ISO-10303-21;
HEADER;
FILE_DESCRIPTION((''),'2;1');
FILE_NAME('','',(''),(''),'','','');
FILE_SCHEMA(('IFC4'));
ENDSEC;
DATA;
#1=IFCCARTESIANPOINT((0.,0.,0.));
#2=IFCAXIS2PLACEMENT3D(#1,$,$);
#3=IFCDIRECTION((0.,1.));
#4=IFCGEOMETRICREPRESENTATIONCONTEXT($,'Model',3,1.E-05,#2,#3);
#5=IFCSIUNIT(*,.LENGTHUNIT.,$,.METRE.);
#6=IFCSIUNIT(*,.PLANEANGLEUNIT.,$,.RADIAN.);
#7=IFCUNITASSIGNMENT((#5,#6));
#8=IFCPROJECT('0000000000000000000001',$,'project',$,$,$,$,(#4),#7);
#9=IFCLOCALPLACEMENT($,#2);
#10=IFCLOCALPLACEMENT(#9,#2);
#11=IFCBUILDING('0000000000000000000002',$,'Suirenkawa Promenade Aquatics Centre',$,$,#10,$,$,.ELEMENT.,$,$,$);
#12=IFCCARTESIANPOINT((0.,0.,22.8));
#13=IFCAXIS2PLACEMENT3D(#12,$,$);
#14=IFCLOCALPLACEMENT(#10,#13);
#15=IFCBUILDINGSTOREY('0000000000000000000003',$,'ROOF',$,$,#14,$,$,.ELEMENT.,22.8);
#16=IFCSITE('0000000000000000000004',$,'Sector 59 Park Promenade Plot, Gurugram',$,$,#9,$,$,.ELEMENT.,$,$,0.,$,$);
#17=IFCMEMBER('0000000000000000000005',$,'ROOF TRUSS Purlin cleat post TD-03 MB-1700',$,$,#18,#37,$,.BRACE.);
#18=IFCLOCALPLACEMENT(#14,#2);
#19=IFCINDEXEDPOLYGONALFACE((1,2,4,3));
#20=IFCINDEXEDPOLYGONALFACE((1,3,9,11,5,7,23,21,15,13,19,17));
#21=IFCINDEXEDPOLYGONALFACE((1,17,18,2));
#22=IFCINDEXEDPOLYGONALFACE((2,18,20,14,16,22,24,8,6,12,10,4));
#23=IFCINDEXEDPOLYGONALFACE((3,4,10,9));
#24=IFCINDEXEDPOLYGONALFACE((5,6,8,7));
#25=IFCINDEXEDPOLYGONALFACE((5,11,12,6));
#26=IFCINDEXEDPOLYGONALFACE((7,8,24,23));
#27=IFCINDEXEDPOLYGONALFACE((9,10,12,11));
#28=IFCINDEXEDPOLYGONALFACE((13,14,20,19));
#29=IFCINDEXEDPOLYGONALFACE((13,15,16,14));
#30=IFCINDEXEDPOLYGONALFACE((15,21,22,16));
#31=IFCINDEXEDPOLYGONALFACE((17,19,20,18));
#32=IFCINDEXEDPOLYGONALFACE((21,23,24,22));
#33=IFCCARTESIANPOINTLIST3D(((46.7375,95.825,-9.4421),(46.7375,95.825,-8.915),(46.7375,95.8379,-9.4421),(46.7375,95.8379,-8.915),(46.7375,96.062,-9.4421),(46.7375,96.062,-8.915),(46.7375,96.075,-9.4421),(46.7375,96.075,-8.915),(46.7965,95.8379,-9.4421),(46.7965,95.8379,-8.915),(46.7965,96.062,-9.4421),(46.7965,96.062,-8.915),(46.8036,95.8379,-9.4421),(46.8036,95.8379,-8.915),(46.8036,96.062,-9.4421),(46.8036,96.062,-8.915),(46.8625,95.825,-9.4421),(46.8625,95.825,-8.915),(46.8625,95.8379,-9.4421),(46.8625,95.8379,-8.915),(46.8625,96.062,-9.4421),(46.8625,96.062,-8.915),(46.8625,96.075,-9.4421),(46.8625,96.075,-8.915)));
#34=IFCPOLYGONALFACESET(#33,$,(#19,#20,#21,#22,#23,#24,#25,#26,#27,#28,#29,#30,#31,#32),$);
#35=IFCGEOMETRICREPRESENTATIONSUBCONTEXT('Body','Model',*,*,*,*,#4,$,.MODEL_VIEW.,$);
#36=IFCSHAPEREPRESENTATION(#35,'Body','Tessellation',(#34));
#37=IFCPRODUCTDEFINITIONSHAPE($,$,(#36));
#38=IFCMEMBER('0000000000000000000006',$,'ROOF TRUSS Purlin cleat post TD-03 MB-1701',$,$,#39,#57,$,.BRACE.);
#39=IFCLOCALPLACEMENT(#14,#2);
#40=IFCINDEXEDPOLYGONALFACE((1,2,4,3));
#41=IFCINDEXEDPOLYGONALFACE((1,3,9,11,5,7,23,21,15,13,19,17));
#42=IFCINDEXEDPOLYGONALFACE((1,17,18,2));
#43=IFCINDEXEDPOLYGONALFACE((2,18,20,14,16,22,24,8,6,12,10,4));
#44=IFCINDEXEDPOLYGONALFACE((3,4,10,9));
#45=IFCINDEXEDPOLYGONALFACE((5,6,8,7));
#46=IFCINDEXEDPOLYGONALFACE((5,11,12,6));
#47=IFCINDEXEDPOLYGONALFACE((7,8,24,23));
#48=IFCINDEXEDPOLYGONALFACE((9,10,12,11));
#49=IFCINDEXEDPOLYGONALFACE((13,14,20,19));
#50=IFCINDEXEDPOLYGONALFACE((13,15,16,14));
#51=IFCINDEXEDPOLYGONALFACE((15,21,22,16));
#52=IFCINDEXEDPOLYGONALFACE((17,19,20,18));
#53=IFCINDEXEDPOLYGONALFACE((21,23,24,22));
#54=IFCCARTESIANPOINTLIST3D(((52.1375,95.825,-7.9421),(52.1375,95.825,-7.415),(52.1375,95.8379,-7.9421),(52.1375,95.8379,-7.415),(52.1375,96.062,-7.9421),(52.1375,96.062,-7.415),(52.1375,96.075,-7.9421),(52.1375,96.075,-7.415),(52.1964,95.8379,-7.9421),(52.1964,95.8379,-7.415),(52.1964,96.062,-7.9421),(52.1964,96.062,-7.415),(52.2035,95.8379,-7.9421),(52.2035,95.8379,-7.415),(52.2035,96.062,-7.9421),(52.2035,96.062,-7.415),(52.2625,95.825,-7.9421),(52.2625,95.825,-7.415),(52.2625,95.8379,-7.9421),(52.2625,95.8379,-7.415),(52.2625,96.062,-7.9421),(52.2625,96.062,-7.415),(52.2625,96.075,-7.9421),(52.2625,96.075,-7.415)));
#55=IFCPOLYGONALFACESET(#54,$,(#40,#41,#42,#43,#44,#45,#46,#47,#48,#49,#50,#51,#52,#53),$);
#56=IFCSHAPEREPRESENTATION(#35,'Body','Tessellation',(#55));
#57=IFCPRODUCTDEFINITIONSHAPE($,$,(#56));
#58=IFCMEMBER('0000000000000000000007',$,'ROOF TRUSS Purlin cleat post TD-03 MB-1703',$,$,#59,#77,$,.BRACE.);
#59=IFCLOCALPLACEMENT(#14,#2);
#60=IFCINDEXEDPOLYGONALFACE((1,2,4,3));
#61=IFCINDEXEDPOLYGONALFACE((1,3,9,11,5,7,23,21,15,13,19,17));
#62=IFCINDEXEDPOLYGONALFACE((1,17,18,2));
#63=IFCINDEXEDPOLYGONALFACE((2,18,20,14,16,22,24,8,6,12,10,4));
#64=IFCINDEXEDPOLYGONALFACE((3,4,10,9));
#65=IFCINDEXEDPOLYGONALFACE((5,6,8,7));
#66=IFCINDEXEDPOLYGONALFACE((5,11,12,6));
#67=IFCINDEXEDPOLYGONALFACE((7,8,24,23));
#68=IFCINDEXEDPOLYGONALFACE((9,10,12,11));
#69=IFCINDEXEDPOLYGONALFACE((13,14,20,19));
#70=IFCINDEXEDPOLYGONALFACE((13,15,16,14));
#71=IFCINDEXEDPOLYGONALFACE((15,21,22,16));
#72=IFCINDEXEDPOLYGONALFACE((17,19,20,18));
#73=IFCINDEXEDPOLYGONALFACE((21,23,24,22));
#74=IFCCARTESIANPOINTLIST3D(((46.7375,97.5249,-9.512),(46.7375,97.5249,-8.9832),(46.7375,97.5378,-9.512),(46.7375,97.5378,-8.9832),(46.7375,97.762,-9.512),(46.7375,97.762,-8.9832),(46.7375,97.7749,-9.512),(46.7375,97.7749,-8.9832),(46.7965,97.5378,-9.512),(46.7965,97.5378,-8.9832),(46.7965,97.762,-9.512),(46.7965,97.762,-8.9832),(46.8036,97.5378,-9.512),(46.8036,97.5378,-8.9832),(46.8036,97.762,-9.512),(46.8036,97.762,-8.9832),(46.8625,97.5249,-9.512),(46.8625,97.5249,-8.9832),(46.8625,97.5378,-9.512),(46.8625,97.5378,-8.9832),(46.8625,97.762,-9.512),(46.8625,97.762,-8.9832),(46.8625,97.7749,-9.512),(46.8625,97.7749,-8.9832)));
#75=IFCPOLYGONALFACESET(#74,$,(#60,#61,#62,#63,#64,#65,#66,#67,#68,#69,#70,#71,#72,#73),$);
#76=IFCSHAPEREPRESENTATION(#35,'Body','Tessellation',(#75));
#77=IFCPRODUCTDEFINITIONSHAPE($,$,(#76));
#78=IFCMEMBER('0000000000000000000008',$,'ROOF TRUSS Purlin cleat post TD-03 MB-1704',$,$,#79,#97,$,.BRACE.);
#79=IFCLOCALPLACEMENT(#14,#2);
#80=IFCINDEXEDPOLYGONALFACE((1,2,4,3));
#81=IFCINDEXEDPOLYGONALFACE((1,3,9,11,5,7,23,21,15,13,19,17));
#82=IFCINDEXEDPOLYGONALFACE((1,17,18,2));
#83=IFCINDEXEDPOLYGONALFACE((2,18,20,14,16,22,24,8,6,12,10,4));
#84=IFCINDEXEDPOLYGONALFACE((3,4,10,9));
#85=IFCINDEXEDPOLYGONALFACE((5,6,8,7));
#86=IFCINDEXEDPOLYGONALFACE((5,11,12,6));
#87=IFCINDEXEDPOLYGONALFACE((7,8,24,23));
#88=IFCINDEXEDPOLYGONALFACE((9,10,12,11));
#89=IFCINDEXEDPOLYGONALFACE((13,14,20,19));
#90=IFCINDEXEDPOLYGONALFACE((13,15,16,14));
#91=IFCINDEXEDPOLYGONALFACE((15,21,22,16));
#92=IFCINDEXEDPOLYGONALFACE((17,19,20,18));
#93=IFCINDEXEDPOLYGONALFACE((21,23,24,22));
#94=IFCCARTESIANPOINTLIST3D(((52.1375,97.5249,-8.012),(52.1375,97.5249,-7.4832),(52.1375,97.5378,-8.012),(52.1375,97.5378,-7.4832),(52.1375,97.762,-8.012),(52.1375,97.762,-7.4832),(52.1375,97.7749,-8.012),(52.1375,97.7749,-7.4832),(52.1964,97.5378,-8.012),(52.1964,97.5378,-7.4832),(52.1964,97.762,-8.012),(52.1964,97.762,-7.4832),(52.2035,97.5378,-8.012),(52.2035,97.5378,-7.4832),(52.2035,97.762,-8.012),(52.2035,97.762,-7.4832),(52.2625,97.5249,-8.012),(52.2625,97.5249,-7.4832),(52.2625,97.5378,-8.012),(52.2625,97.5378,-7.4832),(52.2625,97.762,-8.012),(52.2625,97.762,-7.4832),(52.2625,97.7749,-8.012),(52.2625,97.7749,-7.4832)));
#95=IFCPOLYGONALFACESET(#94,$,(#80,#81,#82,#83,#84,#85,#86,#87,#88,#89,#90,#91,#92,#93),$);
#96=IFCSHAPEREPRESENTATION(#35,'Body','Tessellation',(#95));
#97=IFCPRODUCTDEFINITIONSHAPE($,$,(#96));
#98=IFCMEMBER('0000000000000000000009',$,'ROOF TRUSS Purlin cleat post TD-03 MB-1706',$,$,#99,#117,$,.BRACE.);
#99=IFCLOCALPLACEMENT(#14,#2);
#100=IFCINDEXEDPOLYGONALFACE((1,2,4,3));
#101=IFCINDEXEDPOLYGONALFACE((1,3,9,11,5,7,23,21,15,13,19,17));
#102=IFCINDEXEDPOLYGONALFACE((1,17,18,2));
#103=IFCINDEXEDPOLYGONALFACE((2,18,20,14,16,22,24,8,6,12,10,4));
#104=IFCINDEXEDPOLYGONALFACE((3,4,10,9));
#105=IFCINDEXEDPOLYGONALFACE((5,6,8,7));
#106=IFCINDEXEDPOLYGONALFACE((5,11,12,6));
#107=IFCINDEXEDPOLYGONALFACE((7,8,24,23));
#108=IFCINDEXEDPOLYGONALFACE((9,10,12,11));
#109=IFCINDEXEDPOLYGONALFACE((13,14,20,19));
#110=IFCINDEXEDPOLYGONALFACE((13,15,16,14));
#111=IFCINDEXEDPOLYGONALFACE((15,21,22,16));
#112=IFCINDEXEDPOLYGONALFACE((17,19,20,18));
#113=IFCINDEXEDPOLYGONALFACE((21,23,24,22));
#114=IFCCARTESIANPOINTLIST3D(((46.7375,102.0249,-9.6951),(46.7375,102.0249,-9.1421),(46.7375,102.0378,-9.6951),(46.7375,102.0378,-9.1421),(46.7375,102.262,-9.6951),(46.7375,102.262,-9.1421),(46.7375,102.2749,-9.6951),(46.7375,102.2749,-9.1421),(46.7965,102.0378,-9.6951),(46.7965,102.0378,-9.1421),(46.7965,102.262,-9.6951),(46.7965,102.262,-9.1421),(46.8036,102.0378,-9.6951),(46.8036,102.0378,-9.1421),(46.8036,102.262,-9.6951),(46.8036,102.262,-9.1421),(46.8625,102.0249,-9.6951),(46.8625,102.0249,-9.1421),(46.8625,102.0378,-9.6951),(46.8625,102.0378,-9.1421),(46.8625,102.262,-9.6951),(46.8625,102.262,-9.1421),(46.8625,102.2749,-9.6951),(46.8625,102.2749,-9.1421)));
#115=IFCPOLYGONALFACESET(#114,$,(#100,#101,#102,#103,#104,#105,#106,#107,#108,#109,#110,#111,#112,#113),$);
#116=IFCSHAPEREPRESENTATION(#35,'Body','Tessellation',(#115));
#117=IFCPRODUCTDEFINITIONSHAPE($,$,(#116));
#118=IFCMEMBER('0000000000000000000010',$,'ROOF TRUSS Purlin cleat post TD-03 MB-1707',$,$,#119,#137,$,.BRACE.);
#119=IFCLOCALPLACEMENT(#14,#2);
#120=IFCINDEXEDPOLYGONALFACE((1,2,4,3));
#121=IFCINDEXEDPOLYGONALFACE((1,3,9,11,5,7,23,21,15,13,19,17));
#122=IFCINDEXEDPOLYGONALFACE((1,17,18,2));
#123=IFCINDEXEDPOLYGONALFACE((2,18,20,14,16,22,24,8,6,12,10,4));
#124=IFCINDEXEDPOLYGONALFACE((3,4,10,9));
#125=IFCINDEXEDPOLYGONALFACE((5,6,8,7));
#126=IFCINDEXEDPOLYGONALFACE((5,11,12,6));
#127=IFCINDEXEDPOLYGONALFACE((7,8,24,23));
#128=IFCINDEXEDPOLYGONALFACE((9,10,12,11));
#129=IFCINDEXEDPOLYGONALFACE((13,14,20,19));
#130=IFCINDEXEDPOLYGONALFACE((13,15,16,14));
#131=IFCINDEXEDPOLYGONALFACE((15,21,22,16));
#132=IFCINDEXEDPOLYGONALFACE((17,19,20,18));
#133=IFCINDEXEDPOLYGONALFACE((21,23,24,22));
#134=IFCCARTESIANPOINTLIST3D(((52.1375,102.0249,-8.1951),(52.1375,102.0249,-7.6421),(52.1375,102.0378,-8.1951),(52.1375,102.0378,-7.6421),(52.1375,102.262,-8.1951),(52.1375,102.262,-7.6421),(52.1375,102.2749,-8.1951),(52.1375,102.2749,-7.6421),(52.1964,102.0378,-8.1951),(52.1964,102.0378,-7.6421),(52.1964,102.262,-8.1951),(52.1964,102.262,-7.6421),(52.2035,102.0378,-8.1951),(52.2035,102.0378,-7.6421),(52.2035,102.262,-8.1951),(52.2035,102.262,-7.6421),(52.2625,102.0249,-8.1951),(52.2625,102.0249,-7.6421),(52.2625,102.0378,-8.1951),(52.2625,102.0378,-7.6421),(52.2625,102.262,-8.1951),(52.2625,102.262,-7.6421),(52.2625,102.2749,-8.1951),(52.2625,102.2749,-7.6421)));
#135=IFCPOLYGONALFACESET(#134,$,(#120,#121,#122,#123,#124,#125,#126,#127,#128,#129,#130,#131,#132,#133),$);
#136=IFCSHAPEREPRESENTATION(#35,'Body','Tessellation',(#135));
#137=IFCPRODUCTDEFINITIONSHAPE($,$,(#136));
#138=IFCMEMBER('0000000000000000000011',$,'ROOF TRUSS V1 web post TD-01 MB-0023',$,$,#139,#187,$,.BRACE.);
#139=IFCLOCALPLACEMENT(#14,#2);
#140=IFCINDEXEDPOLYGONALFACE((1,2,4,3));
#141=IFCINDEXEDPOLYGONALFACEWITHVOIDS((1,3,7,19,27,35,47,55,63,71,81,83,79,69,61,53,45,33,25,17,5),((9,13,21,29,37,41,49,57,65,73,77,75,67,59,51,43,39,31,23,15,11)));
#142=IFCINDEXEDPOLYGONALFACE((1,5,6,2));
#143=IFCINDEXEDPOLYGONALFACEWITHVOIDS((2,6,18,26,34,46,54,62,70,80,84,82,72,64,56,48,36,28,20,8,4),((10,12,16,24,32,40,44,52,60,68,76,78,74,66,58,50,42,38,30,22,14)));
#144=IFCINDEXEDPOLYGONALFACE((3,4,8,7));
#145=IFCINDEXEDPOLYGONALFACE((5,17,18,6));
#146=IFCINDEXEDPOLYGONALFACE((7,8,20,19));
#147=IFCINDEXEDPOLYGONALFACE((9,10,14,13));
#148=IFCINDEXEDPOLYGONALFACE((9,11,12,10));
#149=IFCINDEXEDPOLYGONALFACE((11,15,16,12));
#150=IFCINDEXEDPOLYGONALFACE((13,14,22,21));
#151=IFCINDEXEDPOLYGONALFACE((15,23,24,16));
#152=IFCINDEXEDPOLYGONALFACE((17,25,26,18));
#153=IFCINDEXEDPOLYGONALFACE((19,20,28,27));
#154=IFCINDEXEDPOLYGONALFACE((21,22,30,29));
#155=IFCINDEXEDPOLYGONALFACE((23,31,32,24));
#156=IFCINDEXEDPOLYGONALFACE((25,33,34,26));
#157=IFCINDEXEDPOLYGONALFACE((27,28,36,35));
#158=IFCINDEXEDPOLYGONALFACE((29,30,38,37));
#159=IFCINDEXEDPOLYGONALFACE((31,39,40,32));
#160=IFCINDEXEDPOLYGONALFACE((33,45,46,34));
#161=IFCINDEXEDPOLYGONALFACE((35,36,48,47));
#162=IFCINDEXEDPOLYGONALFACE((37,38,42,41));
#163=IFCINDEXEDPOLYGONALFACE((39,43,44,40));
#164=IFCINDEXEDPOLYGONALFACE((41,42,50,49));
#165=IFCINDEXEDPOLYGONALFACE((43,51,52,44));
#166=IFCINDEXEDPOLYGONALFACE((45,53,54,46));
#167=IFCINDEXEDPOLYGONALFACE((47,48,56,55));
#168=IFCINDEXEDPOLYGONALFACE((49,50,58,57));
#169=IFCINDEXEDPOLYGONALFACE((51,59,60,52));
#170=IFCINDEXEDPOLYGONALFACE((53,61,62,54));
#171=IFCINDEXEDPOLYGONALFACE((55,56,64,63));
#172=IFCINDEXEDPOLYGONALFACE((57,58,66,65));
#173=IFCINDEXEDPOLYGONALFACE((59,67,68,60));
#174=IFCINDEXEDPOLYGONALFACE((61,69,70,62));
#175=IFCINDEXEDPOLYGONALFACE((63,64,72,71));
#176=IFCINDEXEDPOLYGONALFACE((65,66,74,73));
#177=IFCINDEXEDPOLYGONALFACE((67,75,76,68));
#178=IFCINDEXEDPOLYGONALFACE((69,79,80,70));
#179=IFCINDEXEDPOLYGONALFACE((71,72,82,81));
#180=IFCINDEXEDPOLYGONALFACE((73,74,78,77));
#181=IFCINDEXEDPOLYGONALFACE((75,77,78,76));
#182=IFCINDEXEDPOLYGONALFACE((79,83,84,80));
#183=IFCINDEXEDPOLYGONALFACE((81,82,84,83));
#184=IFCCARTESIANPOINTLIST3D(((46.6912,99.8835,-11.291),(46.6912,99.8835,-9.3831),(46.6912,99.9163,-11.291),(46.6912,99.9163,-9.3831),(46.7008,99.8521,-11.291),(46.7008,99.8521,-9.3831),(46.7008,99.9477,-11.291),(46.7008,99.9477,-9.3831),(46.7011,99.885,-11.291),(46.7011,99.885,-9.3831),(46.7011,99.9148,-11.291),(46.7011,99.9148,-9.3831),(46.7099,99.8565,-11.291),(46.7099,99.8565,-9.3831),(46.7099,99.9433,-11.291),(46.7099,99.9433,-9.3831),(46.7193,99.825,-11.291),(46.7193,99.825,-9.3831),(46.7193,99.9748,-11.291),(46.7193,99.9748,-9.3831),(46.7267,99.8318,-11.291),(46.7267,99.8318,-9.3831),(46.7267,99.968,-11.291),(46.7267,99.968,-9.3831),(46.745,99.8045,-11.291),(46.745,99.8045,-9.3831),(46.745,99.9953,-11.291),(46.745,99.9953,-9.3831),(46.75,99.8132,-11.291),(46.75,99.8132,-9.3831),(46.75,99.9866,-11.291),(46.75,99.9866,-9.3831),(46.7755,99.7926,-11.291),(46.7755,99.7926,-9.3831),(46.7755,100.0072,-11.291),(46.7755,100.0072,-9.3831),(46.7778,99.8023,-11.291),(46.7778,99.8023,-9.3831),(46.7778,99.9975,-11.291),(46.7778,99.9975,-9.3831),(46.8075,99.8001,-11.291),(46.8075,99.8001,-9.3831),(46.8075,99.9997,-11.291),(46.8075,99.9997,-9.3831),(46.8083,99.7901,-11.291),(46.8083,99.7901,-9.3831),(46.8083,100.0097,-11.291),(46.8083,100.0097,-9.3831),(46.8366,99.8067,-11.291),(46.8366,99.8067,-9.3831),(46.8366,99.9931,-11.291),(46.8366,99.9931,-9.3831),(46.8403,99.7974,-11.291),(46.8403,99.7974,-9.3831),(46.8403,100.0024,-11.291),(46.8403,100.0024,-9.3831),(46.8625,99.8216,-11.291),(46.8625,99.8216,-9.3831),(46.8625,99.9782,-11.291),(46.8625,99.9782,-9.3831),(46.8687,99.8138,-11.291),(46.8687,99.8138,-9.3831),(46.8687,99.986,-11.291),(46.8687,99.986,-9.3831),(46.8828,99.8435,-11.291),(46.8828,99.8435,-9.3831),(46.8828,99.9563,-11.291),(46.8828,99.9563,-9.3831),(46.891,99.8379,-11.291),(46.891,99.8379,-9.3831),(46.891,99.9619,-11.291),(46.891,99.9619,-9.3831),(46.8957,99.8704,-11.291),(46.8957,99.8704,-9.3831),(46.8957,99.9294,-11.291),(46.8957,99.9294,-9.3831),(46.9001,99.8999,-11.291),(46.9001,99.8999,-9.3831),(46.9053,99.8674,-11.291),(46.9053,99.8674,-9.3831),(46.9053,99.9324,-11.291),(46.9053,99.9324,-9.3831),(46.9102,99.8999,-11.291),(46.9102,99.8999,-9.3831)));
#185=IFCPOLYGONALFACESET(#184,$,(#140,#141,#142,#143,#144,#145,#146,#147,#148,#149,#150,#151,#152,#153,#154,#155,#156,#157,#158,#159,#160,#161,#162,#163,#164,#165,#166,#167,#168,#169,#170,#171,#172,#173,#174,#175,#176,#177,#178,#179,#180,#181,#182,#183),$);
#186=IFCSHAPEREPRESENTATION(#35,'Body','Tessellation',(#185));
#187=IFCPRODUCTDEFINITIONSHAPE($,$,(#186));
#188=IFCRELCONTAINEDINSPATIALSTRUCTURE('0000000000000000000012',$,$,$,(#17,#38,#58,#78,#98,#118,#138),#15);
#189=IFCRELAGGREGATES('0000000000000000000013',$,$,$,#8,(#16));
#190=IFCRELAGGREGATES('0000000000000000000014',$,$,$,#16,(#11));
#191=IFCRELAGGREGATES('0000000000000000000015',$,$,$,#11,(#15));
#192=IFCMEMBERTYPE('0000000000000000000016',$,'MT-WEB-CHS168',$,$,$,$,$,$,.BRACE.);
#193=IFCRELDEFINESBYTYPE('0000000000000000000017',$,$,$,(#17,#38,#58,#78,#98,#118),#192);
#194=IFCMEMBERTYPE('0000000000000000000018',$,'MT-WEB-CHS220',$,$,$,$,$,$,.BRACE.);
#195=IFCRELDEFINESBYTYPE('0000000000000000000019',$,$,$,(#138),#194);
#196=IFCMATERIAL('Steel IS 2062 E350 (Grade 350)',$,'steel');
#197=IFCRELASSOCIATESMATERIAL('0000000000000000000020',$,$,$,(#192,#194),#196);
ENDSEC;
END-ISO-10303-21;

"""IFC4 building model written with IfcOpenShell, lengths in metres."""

from ifc_helpers import new_model, si_unit, direction, frame, origin, origin_2d, place, context, subcontext, project, spatial, hollow_circle, i_section, extrude, material, material_profile, profile_set, type_object, element, save


model = new_model("IFC4")

# Units and contexts
model_context = context("Model", 3, precision=1e-05, world=origin(), true_north=direction((0.0, 1.0)))
body_context = subcontext(model_context, "Body", "Model", "MODEL_VIEW")
ifc_project = project(units=[si_unit("LENGTHUNIT", "METRE"), si_unit("PLANEANGLEUNIT", "RADIAN")], contexts=[model_context])

# Site, building, storey
site_placement = place(None, origin())
site = spatial("IfcSite", under=ifc_project, at=site_placement, Name="Sector 59 Park Promenade Plot, Gurugram", CompositionType="ELEMENT", RefElevation=0.0)
building_placement = place(site_placement, origin())
building = spatial("IfcBuilding", under=site, at=building_placement, Name="Suirenkawa Promenade Aquatics Centre", CompositionType="ELEMENT")
storey_placement = place(building_placement, frame((0.0, 0.0, 22.8)))
storey = spatial("IfcBuildingStorey", under=building, at=storey_placement, Name="ROOF", CompositionType="ELEMENT", Elevation=22.8)

# Shared definitions
ifc_material = material(Name="Steel IS 2062 E350 (Grade 350)", Category="steel")

# Members
ifc_material_profile_1 = material_profile(ifc_material, i_section(OverallWidth=0.125, OverallDepth=0.25, WebThickness=0.0071, FlangeThickness=0.0129, at=origin_2d()), Name="ISMB 250", Category="steel")
ifc_profile_set_1 = profile_set([ifc_material_profile_1], Name="Steel IS 2062 E350 (Grade 350)")
member_type_1 = type_object("IfcMemberType", Name="MT-WEB-CHS168", PredefinedType="BRACE", material=ifc_profile_set_1)
for number, where, z_axis, x_axis, name in (
    (1, (46.8, 95.95, -9.4421), (0.0, 0.0, 1.0), (1.0, 0.0, 0.0), "ROOF TRUSS Purlin cleat post TD-03 MB-1700"),
    (2, (52.2, 95.95, -7.9421), (0.0, 0.0, 1.0), (1.0, 0.0, 0.0), "ROOF TRUSS Purlin cleat post TD-03 MB-1701"),
):
    element("IfcMember", number, at=place(storey_placement, frame(where, z_axis=z_axis, x_axis=x_axis)), inside=storey, type_object=member_type_1, Name=name, PredefinedType="BRACE", context=body_context, shape_type="SweptSolid", body=[
        extrude(i_section(OverallWidth=0.125, OverallDepth=0.25, WebThickness=0.0071, FlangeThickness=0.0129, at=origin_2d()), origin(), (0.0, 0.0, 1.0), 0.5271),
    ])
for number, where, z_axis, x_axis, name in (
    (3, (46.8, 97.6499, -9.512), (0.0, 0.0, 1.0), (1.0, 0.0, 0.0), "ROOF TRUSS Purlin cleat post TD-03 MB-1703"),
    (4, (52.2, 97.6499, -8.012), (0.0, 0.0, 1.0), (1.0, 0.0, 0.0), "ROOF TRUSS Purlin cleat post TD-03 MB-1704"),
):
    element("IfcMember", number, at=place(storey_placement, frame(where, z_axis=z_axis, x_axis=x_axis)), inside=storey, type_object=member_type_1, Name=name, PredefinedType="BRACE", context=body_context, shape_type="SweptSolid", body=[
        extrude(i_section(OverallWidth=0.125, OverallDepth=0.25, WebThickness=0.0071, FlangeThickness=0.0129, at=origin_2d()), origin(), (0.0, 0.0, 1.0), 0.5288),
    ])
for number, where, z_axis, x_axis, name in (
    (5, (46.8, 102.1499, -9.6951), (0.0, 0.0, 1.0), (1.0, 0.0, 0.0), "ROOF TRUSS Purlin cleat post TD-03 MB-1706"),
    (6, (52.2, 102.1499, -8.1951), (0.0, 0.0, 1.0), (1.0, 0.0, 0.0), "ROOF TRUSS Purlin cleat post TD-03 MB-1707"),
):
    element("IfcMember", number, at=place(storey_placement, frame(where, z_axis=z_axis, x_axis=x_axis)), inside=storey, type_object=member_type_1, Name=name, PredefinedType="BRACE", context=body_context, shape_type="SweptSolid", body=[
        extrude(i_section(OverallWidth=0.125, OverallDepth=0.25, WebThickness=0.0071, FlangeThickness=0.0129, at=origin_2d()), origin(), (0.0, 0.0, 1.0), 0.553),
    ])
ifc_material_profile_2 = material_profile(ifc_material, hollow_circle(Radius=0.1101, WallThickness=0.01, at=origin_2d()), Name="CHS 220x10", Category="steel")
ifc_profile_set_2 = profile_set([ifc_material_profile_2], Name="Steel IS 2062 E350 (Grade 350)")
member_type_2 = type_object("IfcMemberType", Name="MT-WEB-CHS220", PredefinedType="BRACE", material=ifc_profile_set_2)
member_1_placement = place(storey_placement, frame((46.8, 99.8999, -11.291), z_axis=(0.0, 0.0, 1.0), x_axis=(1.0, 0.0, 0.0)))
element("IfcMember", 7, at=member_1_placement, inside=storey, type_object=member_type_2, Name="ROOF TRUSS V1 web post TD-01 MB-0023", PredefinedType="BRACE", context=body_context, shape_type="SweptSolid", body=[
    extrude(hollow_circle(Radius=0.1101, WallThickness=0.01, at=origin_2d()), origin(), (0.0, 0.0, 1.0), 1.908),
])

save(model, "model.ifc")
